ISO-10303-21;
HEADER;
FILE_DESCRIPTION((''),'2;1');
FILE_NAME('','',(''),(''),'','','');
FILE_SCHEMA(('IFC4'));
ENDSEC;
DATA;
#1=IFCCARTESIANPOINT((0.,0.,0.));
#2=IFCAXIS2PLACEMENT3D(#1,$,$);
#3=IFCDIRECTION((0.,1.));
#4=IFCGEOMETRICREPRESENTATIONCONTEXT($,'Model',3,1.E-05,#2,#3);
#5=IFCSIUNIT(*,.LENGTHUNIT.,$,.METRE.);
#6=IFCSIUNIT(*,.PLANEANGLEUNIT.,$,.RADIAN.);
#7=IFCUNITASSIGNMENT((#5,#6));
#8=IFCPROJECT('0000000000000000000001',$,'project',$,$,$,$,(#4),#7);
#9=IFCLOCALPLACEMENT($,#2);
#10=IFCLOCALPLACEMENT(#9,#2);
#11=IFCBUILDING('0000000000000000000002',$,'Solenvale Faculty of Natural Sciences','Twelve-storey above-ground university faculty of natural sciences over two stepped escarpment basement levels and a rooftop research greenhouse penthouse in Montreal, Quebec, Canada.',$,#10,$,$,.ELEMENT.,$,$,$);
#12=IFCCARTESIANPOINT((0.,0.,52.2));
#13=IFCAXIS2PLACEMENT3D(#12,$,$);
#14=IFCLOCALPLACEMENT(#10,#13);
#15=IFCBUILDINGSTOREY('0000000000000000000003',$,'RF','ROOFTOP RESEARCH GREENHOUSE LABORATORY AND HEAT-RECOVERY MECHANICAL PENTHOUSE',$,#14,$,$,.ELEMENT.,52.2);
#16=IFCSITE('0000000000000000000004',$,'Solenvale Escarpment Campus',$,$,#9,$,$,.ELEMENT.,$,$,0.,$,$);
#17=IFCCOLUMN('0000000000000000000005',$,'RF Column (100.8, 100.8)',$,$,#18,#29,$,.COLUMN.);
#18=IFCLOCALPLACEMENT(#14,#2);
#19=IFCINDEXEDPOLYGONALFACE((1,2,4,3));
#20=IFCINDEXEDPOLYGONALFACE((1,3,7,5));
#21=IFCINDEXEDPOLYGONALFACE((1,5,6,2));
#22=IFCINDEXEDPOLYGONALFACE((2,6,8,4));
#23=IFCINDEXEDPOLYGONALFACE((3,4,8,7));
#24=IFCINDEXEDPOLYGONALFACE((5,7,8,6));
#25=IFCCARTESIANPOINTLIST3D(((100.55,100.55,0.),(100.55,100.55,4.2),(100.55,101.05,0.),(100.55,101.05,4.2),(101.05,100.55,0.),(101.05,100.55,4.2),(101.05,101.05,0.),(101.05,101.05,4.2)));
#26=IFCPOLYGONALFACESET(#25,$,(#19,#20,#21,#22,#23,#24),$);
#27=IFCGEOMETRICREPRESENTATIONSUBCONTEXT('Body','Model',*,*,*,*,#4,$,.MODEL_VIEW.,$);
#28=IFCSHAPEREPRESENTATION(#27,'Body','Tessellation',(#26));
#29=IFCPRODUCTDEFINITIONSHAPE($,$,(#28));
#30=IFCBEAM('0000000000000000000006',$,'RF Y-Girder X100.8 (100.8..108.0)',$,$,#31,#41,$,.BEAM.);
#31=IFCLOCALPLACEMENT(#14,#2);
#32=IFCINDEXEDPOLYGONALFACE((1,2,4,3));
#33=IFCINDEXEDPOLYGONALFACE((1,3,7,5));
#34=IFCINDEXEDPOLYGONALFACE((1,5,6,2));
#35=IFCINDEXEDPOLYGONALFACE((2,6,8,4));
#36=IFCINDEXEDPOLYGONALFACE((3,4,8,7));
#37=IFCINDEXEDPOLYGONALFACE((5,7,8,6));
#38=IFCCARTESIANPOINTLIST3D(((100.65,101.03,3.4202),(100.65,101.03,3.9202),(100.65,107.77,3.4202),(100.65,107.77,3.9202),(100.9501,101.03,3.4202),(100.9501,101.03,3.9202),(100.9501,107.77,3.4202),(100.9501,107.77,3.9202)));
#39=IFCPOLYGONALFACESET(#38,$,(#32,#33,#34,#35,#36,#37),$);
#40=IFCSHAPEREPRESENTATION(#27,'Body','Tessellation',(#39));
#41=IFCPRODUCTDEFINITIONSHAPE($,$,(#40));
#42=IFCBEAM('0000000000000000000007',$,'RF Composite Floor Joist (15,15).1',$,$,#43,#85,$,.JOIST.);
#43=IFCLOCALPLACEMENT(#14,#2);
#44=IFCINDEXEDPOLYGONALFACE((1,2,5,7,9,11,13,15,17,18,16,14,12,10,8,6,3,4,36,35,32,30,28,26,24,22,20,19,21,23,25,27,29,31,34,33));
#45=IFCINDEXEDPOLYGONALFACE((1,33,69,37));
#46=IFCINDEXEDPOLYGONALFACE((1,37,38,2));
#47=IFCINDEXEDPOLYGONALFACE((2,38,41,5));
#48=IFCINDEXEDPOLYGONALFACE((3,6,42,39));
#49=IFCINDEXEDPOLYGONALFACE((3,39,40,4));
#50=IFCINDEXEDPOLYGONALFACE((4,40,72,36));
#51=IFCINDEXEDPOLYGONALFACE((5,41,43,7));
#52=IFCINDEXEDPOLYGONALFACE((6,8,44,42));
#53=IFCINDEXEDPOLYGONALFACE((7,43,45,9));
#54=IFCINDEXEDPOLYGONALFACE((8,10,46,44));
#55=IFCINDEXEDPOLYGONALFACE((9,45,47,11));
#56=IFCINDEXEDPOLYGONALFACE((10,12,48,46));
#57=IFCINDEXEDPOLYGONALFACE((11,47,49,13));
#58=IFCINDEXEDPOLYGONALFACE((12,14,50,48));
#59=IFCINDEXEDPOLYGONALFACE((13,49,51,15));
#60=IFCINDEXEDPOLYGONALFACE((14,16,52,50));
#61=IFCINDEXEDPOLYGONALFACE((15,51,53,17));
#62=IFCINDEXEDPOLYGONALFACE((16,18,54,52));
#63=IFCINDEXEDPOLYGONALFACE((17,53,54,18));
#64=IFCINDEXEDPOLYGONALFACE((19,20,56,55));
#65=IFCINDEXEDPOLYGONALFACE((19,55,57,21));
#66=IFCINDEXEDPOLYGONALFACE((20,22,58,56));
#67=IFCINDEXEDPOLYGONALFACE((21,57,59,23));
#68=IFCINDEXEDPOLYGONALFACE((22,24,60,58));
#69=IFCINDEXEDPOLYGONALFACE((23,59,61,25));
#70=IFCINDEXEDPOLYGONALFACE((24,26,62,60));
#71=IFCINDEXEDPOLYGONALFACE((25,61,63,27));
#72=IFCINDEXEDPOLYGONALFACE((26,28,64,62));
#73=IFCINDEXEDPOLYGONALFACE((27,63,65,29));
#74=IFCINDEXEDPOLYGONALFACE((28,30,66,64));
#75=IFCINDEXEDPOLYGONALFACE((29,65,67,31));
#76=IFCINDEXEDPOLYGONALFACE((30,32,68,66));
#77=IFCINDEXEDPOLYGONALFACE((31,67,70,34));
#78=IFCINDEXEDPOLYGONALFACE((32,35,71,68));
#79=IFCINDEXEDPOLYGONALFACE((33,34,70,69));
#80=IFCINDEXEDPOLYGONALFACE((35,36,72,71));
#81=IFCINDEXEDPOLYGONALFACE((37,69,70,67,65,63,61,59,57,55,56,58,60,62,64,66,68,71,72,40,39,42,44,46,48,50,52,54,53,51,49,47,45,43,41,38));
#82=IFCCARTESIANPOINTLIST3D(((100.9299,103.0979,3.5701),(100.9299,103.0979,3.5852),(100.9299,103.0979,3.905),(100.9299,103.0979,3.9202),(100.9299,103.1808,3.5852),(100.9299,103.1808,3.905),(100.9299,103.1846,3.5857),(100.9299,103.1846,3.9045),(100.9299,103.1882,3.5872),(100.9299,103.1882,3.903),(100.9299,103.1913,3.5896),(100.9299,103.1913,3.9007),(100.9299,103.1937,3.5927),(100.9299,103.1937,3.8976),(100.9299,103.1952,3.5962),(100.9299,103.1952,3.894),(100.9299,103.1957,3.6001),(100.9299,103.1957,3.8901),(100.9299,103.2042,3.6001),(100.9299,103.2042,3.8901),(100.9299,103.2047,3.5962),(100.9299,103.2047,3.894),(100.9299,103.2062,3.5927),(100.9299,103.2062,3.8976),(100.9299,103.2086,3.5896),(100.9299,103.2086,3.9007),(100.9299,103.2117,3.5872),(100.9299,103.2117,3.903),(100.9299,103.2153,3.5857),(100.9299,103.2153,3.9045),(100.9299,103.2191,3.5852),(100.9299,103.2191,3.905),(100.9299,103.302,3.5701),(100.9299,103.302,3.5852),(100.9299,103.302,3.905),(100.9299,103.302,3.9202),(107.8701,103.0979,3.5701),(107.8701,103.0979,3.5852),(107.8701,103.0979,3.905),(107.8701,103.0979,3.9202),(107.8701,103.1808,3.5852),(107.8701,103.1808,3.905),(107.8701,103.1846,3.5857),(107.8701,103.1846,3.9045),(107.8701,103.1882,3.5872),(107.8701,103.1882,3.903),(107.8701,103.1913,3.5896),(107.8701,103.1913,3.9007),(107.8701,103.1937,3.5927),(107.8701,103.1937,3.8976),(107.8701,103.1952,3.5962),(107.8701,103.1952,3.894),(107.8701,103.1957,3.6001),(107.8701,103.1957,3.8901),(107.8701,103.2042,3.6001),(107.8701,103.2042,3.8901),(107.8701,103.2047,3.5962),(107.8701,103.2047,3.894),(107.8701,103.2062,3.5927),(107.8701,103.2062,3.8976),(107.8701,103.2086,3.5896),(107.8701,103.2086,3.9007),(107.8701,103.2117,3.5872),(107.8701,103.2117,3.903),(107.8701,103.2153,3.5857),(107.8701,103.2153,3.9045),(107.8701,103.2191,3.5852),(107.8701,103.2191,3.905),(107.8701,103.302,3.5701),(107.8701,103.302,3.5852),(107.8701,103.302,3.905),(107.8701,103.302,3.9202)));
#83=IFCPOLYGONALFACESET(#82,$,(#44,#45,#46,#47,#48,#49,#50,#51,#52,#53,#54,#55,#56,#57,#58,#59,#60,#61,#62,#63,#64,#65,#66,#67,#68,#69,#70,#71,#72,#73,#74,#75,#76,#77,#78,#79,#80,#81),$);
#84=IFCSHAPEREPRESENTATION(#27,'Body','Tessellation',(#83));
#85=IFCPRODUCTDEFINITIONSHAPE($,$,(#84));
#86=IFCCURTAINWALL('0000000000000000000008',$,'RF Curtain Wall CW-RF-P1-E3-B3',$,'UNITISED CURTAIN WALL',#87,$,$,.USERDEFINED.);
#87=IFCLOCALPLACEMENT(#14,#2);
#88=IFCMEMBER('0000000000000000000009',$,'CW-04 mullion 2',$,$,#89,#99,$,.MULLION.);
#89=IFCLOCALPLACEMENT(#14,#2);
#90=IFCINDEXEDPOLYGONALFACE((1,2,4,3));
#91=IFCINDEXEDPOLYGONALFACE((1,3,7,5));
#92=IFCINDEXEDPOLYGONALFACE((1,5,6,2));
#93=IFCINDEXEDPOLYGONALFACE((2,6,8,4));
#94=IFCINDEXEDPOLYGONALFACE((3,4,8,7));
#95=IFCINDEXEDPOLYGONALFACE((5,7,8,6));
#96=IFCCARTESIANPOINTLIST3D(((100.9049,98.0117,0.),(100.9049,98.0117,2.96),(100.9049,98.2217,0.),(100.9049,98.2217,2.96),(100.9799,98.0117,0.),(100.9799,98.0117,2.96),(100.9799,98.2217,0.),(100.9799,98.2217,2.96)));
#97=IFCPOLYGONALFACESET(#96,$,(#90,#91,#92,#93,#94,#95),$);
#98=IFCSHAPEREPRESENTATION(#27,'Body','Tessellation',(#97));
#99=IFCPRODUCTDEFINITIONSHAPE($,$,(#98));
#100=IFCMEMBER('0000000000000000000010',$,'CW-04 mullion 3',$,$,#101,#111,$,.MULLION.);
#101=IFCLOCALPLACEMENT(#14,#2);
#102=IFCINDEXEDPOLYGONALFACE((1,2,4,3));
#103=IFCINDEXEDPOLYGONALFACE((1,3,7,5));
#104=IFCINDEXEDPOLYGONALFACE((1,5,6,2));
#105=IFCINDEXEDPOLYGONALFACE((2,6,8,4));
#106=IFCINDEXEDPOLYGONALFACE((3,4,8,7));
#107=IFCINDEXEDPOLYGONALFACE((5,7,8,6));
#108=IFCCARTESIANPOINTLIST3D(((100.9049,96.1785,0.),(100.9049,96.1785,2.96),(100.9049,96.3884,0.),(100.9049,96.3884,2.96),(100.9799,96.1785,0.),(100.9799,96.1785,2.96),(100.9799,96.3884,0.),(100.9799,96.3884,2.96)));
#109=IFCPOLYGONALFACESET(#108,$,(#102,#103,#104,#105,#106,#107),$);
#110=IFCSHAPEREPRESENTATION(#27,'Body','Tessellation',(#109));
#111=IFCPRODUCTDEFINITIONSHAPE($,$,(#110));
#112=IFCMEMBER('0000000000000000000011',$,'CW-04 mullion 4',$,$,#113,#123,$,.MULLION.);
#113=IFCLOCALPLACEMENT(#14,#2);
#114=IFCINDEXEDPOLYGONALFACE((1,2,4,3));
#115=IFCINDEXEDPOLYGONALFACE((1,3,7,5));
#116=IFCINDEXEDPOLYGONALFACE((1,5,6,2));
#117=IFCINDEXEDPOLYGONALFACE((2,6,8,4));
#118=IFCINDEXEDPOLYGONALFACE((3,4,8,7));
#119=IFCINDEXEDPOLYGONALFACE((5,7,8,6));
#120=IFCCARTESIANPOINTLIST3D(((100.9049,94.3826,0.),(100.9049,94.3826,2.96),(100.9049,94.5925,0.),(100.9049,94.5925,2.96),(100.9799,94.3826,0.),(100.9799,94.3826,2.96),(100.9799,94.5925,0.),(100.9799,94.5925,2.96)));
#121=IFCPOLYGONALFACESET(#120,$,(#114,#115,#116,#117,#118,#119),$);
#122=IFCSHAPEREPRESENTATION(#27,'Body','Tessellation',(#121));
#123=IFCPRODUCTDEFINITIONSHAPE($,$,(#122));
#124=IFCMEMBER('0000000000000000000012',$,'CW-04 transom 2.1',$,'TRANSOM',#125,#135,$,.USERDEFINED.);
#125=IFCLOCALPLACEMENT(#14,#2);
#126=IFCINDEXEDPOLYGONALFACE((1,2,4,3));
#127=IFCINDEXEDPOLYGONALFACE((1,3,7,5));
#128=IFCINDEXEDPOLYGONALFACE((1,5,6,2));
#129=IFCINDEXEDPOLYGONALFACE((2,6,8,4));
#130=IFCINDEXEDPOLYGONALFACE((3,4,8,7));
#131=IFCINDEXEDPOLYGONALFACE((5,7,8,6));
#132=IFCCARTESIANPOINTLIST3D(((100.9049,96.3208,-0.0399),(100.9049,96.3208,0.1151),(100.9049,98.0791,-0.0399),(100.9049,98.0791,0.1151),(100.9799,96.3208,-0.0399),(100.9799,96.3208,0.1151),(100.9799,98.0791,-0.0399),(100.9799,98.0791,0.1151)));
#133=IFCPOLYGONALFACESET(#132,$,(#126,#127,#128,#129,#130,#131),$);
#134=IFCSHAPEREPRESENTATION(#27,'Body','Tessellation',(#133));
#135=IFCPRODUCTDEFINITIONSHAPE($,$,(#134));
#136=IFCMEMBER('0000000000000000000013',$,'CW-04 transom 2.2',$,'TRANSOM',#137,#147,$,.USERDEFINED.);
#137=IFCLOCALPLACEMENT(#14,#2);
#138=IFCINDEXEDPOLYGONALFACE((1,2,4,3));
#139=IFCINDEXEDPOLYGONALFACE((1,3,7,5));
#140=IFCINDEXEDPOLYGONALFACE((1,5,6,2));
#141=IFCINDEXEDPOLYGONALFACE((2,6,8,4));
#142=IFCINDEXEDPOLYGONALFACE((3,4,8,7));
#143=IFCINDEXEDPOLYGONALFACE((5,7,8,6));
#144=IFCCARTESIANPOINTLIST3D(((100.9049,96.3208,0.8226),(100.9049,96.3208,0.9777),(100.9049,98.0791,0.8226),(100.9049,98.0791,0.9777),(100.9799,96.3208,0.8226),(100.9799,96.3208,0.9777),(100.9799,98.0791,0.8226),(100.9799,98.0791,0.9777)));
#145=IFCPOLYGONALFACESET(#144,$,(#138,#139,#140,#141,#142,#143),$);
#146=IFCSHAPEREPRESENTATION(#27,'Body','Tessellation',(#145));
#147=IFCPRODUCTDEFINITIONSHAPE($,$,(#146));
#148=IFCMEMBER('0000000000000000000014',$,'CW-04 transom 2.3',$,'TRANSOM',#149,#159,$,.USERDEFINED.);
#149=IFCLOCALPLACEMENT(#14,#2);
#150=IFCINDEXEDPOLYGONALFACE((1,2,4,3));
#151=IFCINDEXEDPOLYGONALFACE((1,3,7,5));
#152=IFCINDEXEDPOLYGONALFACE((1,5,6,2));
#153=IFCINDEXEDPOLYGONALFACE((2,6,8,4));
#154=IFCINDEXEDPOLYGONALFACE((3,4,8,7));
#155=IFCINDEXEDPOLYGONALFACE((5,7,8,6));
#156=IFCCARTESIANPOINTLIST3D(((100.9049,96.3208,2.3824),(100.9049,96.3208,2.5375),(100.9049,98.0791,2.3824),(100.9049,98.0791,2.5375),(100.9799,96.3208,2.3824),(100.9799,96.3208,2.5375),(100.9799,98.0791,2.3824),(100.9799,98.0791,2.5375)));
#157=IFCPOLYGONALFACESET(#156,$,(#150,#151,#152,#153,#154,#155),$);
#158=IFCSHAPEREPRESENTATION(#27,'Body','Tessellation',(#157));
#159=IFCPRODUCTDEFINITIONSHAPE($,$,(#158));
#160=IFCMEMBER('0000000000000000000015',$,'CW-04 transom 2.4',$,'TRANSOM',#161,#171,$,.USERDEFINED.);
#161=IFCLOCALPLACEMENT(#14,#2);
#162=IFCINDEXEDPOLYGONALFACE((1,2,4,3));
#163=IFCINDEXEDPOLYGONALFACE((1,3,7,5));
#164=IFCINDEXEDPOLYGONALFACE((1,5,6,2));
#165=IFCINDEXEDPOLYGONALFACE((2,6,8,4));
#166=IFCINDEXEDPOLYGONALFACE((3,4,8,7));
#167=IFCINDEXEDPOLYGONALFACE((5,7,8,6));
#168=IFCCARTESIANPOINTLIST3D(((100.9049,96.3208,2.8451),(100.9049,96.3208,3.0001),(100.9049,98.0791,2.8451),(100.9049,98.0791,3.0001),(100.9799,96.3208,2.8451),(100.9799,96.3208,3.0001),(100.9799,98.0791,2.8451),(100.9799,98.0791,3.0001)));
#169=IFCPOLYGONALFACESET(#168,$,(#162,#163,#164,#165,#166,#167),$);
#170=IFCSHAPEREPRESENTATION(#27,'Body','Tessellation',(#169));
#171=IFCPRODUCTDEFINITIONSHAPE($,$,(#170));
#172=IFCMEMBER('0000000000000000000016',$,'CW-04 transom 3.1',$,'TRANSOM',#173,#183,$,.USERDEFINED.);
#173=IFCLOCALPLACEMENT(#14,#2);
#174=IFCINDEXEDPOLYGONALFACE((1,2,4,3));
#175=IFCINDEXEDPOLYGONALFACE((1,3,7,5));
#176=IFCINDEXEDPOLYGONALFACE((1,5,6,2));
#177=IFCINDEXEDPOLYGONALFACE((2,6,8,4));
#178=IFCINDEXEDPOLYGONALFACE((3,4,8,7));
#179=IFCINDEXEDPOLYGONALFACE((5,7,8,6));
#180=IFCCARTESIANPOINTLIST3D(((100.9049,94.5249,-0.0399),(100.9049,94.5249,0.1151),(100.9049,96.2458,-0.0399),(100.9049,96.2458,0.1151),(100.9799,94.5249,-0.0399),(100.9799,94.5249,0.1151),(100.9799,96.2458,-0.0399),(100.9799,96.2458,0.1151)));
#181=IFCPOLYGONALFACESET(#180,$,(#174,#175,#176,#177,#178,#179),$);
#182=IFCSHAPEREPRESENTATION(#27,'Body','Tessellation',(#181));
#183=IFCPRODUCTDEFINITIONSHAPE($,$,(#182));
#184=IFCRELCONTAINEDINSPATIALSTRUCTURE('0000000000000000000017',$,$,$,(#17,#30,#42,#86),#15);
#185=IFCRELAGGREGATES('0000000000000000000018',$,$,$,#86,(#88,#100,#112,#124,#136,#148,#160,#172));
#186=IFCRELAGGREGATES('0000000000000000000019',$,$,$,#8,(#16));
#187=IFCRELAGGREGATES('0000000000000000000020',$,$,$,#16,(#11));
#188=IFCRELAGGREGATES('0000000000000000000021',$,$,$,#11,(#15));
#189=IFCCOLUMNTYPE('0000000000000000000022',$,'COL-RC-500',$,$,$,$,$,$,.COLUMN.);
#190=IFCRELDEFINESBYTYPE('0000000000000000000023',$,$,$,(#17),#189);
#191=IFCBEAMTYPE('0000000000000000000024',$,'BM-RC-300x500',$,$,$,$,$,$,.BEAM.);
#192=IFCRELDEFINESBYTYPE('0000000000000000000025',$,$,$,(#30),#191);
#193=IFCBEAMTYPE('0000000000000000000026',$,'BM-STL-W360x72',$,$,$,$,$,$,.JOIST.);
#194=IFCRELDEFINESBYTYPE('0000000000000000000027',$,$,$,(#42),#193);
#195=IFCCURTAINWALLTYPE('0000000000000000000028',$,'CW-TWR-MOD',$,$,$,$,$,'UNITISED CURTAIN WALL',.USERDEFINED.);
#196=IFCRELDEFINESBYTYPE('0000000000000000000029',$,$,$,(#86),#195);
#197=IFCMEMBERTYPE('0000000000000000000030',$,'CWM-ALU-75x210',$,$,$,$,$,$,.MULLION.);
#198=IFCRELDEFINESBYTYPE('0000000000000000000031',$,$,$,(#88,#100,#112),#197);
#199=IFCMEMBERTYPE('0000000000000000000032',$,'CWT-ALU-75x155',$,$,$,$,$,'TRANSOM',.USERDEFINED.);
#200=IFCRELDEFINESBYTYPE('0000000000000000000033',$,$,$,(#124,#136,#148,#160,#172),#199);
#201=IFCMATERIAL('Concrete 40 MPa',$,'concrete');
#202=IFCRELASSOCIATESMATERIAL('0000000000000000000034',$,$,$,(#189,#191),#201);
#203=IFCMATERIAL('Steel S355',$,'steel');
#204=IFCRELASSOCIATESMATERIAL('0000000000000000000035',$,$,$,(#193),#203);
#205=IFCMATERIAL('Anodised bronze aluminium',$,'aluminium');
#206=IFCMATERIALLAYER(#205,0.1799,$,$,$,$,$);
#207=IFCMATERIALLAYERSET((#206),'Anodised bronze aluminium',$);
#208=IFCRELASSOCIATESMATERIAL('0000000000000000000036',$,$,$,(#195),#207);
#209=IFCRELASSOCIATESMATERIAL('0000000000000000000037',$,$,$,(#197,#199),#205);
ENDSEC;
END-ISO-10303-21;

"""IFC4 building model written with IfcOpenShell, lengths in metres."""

from ifc_helpers import new_model, si_unit, direction, frame, origin, origin_2d, place, context, subcontext, project, spatial, rectangle, i_section, extrude, material, layer, layer_set, material_profile, profile_set, type_object, element, aggregate, save


model = new_model("IFC4")

# Units and contexts
model_context = context("Model", 3, precision=1e-05, world=origin(), true_north=direction((0.0, 1.0)))
body_context = subcontext(model_context, "Body", "Model", "MODEL_VIEW")
ifc_project = project(units=[si_unit("LENGTHUNIT", "METRE"), si_unit("PLANEANGLEUNIT", "RADIAN")], contexts=[model_context])

# Site, building, storey
site_placement = place(None, origin())
site = spatial("IfcSite", under=ifc_project, at=site_placement, Name="Solenvale Escarpment Campus", CompositionType="ELEMENT", RefElevation=0.0)
building_placement = place(site_placement, origin())
building = spatial("IfcBuilding", under=site, at=building_placement, Name="Solenvale Faculty of Natural Sciences", Description="Twelve-storey above-ground university faculty of natural sciences over two stepped escarpment basement levels and a rooftop research greenhouse penthouse in Montreal, Quebec, Canada.", CompositionType="ELEMENT")
storey_placement = place(building_placement, frame((0.0, 0.0, 52.2)))
storey = spatial("IfcBuildingStorey", under=building, at=storey_placement, Name="RF", Description="ROOFTOP RESEARCH GREENHOUSE LABORATORY AND HEAT-RECOVERY MECHANICAL PENTHOUSE", CompositionType="ELEMENT", Elevation=52.2)

# Column
ifc_material_1 = material(Name="Concrete 40 MPa", Category="concrete")
ifc_material_profile_1 = material_profile(ifc_material_1, rectangle(XDim=0.5, YDim=0.5, at=origin_2d()), Name="RC-COL-500x500")
ifc_profile_set_1 = profile_set([ifc_material_profile_1], Name="Concrete 40 MPa")
column_type = type_object("IfcColumnType", Name="COL-RC-500", PredefinedType="COLUMN", material=ifc_profile_set_1)
column_placement = place(storey_placement, frame((100.8, 100.8, 0.0), z_axis=(0.0, 0.0, 1.0), x_axis=(1.0, 0.0, 0.0)))
element("IfcColumn", 1, at=column_placement, inside=storey, type_object=column_type, Name="RF Column (100.8, 100.8)", PredefinedType="COLUMN", context=body_context, shape_type="SweptSolid", body=[
    extrude(rectangle(XDim=0.5, YDim=0.5, at=origin_2d()), origin(), (0.0, 0.0, 1.0), 4.2),
])

# Beams
ifc_material_profile_2 = material_profile(ifc_material_1, rectangle(XDim=0.3, YDim=0.5, at=origin_2d()), Name="RC-BM-300x500")
ifc_profile_set_2 = profile_set([ifc_material_profile_2], Name="Concrete 40 MPa")
beam_type_1 = type_object("IfcBeamType", Name="BM-RC-300x500", PredefinedType="BEAM", material=ifc_profile_set_2)
beam_1_placement = place(storey_placement, frame((100.8, 101.03, 3.6702), z_axis=(0.0, 1.0, 0.0), x_axis=(-1.0, 0.0, 0.0)))
element("IfcBeam", 2, at=beam_1_placement, inside=storey, type_object=beam_type_1, Name="RF Y-Girder X100.8 (100.8..108.0)", PredefinedType="BEAM", context=body_context, shape_type="SweptSolid", body=[
    extrude(rectangle(XDim=0.3, YDim=0.5, at=origin_2d()), origin(), (0.0, 0.0, 1.0), 6.74),
])
ifc_material_2 = material(Name="Steel S355", Category="steel")
ifc_material_profile_3 = material_profile(ifc_material_2, i_section(OverallWidth=0.2041, OverallDepth=0.3501, WebThickness=0.0085, FlangeThickness=0.0151, FilletRadius=0.0149, at=origin_2d()), Name="W360x72")
ifc_profile_set_3 = profile_set([ifc_material_profile_3], Name="Steel S355")
beam_type_2 = type_object("IfcBeamType", Name="BM-STL-W360x72", PredefinedType="JOIST", material=ifc_profile_set_3)
beam_2_placement = place(storey_placement, frame((100.9299, 103.2, 3.7451), z_axis=(1.0, 0.0, 0.0), x_axis=(0.0, 1.0, 0.0)))
element("IfcBeam", 3, at=beam_2_placement, inside=storey, type_object=beam_type_2, Name="RF Composite Floor Joist (15,15).1", PredefinedType="JOIST", context=body_context, shape_type="SweptSolid", body=[
    extrude(i_section(OverallWidth=0.2041, OverallDepth=0.3501, WebThickness=0.0085, FlangeThickness=0.0151, FilletRadius=0.0149, at=origin_2d()), origin(), (0.0, 0.0, 1.0), 6.9402),
])

# Curtain wall, members
ifc_material_3 = material(Name="Anodised bronze aluminium", Category="aluminium")
ifc_layer_1 = layer(ifc_material_3, 0.1799)
ifc_layer_set_1 = layer_set([ifc_layer_1], Name="Anodised bronze aluminium")
curtain_wall_type = type_object("IfcCurtainWallType", Name="CW-TWR-MOD", ElementType="UNITISED CURTAIN WALL", PredefinedType="USERDEFINED", material=ifc_layer_set_1)
curtain_wall_placement = place(storey_placement, origin())
curtain_wall = element("IfcCurtainWall", 4, at=curtain_wall_placement, inside=storey, type_object=curtain_wall_type, Name="RF Curtain Wall CW-RF-P1-E3-B3", ObjectType="UNITISED CURTAIN WALL", PredefinedType="USERDEFINED")
ifc_material_profile_4 = material_profile(ifc_material_3, rectangle(XDim=0.075, YDim=0.21, at=origin_2d()), Name="ALU-MUL-75x210")
ifc_profile_set_4 = profile_set([ifc_material_profile_4], Name="Anodised bronze aluminium")
member_type_1 = type_object("IfcMemberType", Name="CWM-ALU-75x210", PredefinedType="MULLION", material=ifc_profile_set_4)
member_1_placement = place(storey_placement, frame((100.9424, 98.1167, 0.0), z_axis=(0.0, 0.0, 1.0), x_axis=(1.0, 0.0, 0.0)))
member_1 = element("IfcMember", 5, at=member_1_placement, type_object=member_type_1, Name="CW-04 mullion 2", PredefinedType="MULLION", context=body_context, shape_type="SweptSolid", body=[
    extrude(rectangle(XDim=0.075, YDim=0.21, at=origin_2d()), origin(), (0.0, 0.0, 1.0), 2.96),
])
member_2_placement = place(storey_placement, frame((100.9424, 96.2834, 0.0), z_axis=(0.0, 0.0, 1.0), x_axis=(1.0, 0.0, 0.0)))
member_2 = element("IfcMember", 6, at=member_2_placement, type_object=member_type_1, Name="CW-04 mullion 3", PredefinedType="MULLION", context=body_context, shape_type="SweptSolid", body=[
    extrude(rectangle(XDim=0.075, YDim=0.21, at=origin_2d()), origin(), (0.0, 0.0, 1.0), 2.96),
])
member_3_placement = place(storey_placement, frame((100.9424, 94.4875, 0.0), z_axis=(0.0, 0.0, 1.0), x_axis=(1.0, 0.0, 0.0)))
member_3 = element("IfcMember", 7, at=member_3_placement, type_object=member_type_1, Name="CW-04 mullion 4", PredefinedType="MULLION", context=body_context, shape_type="SweptSolid", body=[
    extrude(rectangle(XDim=0.075, YDim=0.21, at=origin_2d()), origin(), (0.0, 0.0, 1.0), 2.96),
])
ifc_material_profile_5 = material_profile(ifc_material_3, rectangle(XDim=0.075, YDim=0.155, at=origin_2d()), Name="ALU-TRN-75x155")
ifc_profile_set_5 = profile_set([ifc_material_profile_5], Name="Anodised bronze aluminium")
member_type_2 = type_object("IfcMemberType", Name="CWT-ALU-75x155", ElementType="TRANSOM", PredefinedType="USERDEFINED", material=ifc_profile_set_5)
member_4_placement = place(storey_placement, frame((100.9424, 98.0791, 0.0376), z_axis=(0.0, -1.0, 0.0), x_axis=(1.0, 0.0, 0.0)))
member_4 = element("IfcMember", 8, at=member_4_placement, type_object=member_type_2, Name="CW-04 transom 2.1", ObjectType="TRANSOM", PredefinedType="USERDEFINED", context=body_context, shape_type="SweptSolid", body=[
    extrude(rectangle(XDim=0.075, YDim=0.155, at=origin_2d()), origin(), (0.0, 0.0, 1.0), 1.7583),
])
member_5_placement = place(storey_placement, frame((100.9424, 98.0791, 0.9001), z_axis=(0.0, -1.0, 0.0), x_axis=(1.0, 0.0, 0.0)))
member_5 = element("IfcMember", 9, at=member_5_placement, type_object=member_type_2, Name="CW-04 transom 2.2", ObjectType="TRANSOM", PredefinedType="USERDEFINED", context=body_context, shape_type="SweptSolid", body=[
    extrude(rectangle(XDim=0.075, YDim=0.155, at=origin_2d()), origin(), (0.0, 0.0, 1.0), 1.7583),
])
member_6_placement = place(storey_placement, frame((100.9424, 98.0791, 2.46), z_axis=(0.0, -1.0, 0.0), x_axis=(1.0, 0.0, 0.0)))
member_6 = element("IfcMember", 10, at=member_6_placement, type_object=member_type_2, Name="CW-04 transom 2.3", ObjectType="TRANSOM", PredefinedType="USERDEFINED", context=body_context, shape_type="SweptSolid", body=[
    extrude(rectangle(XDim=0.075, YDim=0.155, at=origin_2d()), origin(), (0.0, 0.0, 1.0), 1.7583),
])
member_7_placement = place(storey_placement, frame((100.9424, 98.0791, 2.9226), z_axis=(0.0, -1.0, 0.0), x_axis=(1.0, 0.0, 0.0)))
member_7 = element("IfcMember", 11, at=member_7_placement, type_object=member_type_2, Name="CW-04 transom 2.4", ObjectType="TRANSOM", PredefinedType="USERDEFINED", context=body_context, shape_type="SweptSolid", body=[
    extrude(rectangle(XDim=0.075, YDim=0.155, at=origin_2d()), origin(), (0.0, 0.0, 1.0), 1.7583),
])
member_8_placement = place(storey_placement, frame((100.9424, 96.2458, 0.0376), z_axis=(0.0, -1.0, 0.0), x_axis=(1.0, 0.0, 0.0)))
member_8 = element("IfcMember", 12, at=member_8_placement, type_object=member_type_2, Name="CW-04 transom 3.1", ObjectType="TRANSOM", PredefinedType="USERDEFINED", context=body_context, shape_type="SweptSolid", body=[
    extrude(rectangle(XDim=0.075, YDim=0.155, at=origin_2d()), origin(), (0.0, 0.0, 1.0), 1.7209),
])
aggregate(curtain_wall, [member_1, member_2, member_3, member_4, member_5, member_6, member_7, member_8])

save(model, "model.ifc")
